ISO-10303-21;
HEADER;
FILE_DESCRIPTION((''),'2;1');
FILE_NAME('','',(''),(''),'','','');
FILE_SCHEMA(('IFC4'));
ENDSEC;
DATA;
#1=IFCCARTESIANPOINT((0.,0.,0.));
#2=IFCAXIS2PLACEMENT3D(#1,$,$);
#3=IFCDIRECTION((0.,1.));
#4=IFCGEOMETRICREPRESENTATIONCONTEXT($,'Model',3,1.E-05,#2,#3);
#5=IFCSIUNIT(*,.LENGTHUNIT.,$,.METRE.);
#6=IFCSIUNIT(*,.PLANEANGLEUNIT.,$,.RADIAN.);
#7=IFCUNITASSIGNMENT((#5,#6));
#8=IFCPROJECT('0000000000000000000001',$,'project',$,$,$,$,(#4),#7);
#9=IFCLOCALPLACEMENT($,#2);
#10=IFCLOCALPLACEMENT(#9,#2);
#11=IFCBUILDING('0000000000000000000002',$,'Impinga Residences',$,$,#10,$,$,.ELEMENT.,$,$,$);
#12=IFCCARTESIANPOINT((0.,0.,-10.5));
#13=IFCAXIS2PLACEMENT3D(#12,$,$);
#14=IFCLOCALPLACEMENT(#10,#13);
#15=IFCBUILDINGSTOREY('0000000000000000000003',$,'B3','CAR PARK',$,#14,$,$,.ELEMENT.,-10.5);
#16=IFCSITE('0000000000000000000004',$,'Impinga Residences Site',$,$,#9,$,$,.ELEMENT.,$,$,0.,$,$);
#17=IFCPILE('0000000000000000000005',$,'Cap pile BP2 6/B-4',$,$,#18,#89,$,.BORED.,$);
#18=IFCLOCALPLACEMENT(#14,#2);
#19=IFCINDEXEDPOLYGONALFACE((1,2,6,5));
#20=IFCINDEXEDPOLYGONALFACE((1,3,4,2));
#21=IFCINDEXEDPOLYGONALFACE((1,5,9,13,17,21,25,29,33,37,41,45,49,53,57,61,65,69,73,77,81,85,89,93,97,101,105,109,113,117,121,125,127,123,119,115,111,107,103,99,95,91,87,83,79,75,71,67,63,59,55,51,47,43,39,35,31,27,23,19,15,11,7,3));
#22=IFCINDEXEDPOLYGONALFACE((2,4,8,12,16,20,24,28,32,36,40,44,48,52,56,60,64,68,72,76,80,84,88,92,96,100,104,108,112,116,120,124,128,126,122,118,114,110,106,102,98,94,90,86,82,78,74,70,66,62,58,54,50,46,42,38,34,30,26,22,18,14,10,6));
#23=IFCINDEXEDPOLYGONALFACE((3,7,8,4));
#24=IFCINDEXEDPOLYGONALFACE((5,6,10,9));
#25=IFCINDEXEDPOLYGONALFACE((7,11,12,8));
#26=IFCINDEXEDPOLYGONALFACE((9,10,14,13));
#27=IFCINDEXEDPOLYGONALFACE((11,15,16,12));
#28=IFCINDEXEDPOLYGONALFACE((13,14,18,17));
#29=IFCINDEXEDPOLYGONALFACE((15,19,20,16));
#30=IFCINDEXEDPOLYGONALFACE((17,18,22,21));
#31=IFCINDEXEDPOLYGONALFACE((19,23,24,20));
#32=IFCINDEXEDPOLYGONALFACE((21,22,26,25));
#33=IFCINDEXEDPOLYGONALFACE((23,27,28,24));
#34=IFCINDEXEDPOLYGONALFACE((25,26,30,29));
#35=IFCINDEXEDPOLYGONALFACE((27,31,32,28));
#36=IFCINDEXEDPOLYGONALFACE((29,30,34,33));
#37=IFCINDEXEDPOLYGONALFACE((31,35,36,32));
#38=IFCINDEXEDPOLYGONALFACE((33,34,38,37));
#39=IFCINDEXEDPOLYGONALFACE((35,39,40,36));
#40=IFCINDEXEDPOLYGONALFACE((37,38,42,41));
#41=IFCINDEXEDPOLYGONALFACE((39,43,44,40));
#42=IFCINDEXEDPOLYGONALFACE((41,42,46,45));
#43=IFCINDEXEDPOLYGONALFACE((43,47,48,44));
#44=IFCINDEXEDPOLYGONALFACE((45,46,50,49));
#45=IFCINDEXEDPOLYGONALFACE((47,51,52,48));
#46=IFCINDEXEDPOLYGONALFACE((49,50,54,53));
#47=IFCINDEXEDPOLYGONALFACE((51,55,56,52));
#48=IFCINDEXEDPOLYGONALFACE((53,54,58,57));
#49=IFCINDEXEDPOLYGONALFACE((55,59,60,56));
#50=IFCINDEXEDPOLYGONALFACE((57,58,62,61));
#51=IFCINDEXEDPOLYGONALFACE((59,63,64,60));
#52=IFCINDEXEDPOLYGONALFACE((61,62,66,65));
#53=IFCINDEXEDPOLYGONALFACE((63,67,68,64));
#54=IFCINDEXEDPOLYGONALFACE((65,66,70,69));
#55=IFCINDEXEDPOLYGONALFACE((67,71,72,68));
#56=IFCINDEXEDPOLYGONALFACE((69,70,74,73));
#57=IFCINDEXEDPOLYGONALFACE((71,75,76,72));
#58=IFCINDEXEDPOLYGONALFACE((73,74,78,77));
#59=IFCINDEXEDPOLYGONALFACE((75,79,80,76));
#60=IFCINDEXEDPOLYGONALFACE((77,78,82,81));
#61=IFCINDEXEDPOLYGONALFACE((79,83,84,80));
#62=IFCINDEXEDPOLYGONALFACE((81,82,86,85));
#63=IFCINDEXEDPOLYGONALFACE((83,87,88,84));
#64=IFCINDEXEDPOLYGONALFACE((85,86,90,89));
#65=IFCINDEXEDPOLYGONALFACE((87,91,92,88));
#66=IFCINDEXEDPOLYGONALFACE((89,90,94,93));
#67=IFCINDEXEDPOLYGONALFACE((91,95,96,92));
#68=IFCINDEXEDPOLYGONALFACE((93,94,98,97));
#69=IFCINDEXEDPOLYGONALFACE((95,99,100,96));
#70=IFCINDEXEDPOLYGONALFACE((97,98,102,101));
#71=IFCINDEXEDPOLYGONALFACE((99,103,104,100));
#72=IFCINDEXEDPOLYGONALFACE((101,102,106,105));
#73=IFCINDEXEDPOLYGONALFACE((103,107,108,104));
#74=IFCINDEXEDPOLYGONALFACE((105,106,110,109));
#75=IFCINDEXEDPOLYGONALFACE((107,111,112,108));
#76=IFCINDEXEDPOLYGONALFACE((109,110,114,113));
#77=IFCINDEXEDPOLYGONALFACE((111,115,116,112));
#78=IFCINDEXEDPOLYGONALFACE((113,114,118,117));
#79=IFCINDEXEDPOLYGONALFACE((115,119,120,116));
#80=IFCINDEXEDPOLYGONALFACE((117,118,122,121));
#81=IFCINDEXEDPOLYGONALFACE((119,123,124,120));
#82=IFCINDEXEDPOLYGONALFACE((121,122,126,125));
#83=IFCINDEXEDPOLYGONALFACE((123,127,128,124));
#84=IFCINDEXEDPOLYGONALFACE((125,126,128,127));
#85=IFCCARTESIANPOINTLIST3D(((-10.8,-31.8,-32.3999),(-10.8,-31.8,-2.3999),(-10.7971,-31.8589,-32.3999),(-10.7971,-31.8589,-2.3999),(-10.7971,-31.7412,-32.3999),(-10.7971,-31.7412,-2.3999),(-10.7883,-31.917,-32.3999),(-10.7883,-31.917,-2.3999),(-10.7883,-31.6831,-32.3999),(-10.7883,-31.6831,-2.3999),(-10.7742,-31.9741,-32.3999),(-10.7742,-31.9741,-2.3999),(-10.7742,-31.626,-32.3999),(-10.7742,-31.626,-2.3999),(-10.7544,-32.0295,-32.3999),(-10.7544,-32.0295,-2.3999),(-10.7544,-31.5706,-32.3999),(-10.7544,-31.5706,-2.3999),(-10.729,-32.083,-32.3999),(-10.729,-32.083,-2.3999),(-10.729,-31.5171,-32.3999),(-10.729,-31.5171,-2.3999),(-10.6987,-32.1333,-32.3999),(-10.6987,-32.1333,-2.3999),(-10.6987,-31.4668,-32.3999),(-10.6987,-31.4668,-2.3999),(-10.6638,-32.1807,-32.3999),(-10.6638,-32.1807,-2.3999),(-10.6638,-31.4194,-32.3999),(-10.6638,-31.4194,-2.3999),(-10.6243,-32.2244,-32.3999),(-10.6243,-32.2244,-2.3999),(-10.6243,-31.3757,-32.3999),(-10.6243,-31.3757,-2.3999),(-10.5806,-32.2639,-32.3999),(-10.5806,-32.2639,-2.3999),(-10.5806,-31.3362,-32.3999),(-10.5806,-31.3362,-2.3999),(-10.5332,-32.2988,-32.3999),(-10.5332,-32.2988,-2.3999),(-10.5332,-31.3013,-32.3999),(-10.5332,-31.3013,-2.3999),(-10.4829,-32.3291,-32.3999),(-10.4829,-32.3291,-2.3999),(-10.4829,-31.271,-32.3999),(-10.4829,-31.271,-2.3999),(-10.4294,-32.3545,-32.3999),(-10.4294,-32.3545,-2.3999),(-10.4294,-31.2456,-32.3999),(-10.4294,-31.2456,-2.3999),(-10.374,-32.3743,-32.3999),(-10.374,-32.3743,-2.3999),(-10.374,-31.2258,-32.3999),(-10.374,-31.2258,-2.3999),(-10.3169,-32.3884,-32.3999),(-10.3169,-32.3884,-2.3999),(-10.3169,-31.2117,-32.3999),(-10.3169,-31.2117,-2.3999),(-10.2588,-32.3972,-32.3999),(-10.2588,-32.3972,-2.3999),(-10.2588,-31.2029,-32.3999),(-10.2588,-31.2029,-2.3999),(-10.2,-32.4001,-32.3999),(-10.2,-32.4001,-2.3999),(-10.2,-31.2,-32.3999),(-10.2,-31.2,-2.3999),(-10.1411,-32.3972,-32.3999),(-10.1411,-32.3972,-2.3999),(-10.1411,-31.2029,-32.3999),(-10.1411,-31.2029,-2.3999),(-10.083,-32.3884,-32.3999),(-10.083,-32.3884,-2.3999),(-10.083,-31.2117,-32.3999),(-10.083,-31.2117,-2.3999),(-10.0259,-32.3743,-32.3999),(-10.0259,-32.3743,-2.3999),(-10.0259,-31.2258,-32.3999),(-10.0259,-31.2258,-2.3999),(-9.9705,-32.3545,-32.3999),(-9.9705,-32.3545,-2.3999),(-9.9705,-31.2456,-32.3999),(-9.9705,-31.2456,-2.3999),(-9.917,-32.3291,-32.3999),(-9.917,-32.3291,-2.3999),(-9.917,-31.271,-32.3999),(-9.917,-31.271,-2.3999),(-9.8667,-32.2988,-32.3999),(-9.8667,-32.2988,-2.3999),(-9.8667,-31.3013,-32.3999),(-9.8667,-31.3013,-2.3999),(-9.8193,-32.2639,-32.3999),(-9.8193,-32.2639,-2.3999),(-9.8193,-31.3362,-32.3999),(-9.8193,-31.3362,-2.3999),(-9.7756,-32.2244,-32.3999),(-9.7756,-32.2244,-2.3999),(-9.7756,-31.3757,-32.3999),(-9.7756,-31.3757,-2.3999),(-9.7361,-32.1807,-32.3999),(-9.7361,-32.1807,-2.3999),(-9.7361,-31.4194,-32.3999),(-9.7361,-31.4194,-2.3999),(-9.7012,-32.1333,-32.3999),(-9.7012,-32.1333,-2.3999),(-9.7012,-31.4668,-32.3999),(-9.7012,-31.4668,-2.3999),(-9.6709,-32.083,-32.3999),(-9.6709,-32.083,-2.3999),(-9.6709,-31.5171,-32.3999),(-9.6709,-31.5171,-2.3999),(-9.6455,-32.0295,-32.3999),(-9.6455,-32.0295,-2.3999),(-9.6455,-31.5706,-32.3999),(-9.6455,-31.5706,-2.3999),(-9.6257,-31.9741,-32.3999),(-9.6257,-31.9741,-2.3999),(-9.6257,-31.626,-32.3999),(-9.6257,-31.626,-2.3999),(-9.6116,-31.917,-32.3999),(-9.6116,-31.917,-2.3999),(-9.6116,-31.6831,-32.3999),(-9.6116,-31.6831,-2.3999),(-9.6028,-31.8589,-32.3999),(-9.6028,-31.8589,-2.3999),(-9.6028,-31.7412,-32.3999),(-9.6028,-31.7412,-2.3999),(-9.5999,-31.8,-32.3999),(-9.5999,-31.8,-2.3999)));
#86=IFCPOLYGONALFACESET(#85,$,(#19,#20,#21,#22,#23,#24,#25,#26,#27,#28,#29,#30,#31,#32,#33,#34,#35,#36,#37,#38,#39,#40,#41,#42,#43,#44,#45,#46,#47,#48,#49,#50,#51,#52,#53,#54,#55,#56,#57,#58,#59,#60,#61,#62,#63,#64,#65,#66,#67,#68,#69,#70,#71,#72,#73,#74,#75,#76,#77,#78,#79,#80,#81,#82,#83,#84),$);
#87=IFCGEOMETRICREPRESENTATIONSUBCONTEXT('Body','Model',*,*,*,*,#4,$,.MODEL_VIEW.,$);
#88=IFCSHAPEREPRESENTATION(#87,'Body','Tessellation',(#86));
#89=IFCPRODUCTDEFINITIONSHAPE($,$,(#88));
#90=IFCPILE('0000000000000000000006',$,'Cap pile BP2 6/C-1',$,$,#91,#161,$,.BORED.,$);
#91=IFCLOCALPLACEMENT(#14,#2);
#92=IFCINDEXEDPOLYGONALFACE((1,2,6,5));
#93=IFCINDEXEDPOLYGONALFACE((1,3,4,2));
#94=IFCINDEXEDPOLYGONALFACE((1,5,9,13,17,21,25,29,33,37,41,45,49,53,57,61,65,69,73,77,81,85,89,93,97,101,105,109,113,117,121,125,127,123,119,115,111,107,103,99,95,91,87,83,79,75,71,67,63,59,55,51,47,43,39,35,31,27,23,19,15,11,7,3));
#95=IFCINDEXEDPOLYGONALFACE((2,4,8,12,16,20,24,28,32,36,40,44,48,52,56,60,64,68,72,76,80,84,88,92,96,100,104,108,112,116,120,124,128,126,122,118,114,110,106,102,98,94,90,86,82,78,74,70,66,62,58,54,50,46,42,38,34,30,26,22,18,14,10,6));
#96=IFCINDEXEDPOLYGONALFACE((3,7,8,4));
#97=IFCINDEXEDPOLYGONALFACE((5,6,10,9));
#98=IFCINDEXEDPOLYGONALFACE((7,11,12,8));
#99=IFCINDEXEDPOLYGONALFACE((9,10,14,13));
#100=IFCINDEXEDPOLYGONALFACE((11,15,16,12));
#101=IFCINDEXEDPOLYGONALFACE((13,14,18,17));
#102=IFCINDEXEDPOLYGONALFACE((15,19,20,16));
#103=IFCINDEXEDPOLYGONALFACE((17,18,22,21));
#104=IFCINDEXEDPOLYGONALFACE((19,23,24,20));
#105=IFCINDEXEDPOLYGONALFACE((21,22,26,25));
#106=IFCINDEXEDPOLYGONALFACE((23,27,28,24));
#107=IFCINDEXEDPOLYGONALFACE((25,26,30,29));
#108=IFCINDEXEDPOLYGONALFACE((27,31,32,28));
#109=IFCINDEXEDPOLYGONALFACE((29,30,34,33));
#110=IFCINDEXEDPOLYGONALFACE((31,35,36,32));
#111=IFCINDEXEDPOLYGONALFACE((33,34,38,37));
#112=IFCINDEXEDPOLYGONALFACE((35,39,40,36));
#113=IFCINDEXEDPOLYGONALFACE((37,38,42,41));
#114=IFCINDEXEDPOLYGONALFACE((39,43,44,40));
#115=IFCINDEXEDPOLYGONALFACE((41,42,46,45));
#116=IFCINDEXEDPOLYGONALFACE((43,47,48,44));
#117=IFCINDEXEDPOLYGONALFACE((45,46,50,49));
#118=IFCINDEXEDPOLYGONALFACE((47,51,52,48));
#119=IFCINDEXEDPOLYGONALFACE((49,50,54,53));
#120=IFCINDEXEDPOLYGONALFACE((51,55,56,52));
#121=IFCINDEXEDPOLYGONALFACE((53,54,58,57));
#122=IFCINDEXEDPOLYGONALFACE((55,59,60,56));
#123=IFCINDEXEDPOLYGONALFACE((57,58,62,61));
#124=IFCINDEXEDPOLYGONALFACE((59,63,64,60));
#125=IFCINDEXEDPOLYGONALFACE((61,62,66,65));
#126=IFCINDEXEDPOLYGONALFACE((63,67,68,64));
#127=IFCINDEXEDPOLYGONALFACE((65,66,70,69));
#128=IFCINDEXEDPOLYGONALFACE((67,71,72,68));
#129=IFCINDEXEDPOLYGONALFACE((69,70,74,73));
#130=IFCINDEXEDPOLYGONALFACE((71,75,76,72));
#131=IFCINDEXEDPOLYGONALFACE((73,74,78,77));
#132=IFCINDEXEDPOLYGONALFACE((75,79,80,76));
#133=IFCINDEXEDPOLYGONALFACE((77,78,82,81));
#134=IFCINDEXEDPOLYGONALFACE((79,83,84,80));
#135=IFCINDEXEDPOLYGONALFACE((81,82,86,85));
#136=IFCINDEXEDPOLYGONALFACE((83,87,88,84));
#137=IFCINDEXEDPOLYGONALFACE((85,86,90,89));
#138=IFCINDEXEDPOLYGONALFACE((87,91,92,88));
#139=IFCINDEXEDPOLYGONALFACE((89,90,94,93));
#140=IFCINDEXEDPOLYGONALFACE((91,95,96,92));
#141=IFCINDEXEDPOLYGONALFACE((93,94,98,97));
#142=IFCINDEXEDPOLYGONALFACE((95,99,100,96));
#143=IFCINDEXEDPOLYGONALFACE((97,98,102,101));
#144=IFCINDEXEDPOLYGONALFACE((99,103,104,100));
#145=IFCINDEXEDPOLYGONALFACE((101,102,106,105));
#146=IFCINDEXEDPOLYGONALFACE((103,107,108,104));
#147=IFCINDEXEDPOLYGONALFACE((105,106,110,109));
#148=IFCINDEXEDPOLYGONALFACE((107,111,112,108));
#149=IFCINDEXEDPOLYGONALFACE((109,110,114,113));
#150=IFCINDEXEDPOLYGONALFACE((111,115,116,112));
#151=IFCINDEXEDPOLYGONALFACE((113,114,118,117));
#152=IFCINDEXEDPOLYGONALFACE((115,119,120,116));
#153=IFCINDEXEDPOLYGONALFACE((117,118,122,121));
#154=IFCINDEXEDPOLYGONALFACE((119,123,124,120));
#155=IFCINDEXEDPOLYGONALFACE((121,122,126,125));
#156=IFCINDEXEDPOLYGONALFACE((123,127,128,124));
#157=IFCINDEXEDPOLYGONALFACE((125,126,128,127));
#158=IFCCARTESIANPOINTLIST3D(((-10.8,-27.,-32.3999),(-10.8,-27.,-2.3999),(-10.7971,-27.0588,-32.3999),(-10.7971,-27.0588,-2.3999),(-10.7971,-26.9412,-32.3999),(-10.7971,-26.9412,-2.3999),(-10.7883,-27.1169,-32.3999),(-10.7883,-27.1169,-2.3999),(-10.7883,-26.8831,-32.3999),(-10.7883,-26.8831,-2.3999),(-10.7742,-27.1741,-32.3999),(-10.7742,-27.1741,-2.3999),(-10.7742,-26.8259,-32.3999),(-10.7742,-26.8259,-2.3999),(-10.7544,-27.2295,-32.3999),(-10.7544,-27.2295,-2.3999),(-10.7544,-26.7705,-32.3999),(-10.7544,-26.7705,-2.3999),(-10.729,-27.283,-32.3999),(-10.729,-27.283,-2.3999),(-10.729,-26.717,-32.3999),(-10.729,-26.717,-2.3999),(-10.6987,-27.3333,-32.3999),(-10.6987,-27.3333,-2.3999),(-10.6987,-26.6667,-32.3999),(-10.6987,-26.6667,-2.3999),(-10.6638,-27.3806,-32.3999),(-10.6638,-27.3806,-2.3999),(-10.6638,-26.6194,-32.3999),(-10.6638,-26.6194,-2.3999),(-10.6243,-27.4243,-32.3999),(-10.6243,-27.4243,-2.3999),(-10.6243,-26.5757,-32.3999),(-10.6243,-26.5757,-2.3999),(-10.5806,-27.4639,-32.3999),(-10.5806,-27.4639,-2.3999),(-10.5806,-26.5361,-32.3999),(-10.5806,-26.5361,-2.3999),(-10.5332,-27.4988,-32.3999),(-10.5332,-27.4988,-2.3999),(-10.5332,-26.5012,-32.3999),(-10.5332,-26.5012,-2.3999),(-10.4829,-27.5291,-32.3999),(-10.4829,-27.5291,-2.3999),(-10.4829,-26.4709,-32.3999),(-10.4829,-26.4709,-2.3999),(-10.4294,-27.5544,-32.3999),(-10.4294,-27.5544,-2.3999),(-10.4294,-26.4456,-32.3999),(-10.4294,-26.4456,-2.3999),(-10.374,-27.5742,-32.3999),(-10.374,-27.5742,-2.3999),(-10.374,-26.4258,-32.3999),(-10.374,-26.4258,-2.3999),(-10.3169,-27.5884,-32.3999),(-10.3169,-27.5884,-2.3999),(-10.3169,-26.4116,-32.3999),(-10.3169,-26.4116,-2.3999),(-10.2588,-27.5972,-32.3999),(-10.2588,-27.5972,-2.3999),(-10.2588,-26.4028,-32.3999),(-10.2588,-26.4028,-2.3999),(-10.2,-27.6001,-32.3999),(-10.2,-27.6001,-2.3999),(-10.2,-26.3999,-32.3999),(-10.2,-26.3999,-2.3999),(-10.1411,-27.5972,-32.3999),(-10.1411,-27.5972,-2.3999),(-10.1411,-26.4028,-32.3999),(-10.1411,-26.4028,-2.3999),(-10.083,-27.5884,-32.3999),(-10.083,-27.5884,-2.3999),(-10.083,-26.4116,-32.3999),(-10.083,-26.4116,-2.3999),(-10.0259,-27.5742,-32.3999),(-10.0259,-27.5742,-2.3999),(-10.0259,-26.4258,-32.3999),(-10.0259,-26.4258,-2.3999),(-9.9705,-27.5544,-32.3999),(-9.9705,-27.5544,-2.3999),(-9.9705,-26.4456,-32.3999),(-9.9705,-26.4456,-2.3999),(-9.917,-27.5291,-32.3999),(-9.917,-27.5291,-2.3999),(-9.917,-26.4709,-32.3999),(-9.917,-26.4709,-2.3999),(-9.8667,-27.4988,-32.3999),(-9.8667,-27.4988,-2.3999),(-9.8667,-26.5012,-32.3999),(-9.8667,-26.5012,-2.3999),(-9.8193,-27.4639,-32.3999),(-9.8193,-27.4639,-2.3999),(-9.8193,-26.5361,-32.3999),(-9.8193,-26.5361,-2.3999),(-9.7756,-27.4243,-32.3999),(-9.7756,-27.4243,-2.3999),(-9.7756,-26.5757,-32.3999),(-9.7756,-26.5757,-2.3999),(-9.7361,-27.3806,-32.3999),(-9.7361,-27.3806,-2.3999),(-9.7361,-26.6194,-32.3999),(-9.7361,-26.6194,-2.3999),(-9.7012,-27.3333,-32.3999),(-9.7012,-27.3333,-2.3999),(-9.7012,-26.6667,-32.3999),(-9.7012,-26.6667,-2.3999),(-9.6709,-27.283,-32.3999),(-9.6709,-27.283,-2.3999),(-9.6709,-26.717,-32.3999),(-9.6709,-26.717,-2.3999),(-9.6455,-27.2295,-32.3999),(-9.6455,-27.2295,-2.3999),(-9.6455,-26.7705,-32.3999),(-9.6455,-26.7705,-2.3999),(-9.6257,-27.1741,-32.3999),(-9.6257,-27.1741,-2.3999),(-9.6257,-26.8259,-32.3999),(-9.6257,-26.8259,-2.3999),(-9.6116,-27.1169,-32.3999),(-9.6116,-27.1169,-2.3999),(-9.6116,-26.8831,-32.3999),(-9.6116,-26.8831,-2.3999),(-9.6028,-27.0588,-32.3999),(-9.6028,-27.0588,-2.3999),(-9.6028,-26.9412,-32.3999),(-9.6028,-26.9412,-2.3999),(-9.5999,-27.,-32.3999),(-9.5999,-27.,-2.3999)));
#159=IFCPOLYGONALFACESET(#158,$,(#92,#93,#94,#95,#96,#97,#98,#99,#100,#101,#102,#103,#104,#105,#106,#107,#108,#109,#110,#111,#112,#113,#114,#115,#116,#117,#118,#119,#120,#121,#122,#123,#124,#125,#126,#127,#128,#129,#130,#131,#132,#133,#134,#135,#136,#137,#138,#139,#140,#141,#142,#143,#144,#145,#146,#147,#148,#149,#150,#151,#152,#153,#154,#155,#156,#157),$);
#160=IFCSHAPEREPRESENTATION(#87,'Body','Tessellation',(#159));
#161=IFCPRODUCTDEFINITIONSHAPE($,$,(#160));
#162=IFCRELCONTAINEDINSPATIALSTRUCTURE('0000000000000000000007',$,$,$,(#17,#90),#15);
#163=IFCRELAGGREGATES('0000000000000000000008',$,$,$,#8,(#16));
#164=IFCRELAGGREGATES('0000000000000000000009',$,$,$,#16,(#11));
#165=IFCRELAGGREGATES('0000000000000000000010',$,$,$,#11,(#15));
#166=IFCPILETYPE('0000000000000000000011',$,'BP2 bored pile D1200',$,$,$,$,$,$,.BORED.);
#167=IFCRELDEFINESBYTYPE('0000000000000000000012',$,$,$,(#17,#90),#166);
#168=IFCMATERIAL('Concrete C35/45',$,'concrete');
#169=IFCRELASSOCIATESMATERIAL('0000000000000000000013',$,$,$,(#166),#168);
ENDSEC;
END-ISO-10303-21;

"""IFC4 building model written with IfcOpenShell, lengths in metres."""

from ifc_helpers import new_model, si_unit, direction, frame, origin, origin_2d, place, context, subcontext, project, spatial, polyline, circle, outline, extrude, material, material_profile, profile_set, type_object, element, save


model = new_model("IFC4")

# Units and contexts
model_context = context("Model", 3, precision=1e-05, world=origin(), true_north=direction((0.0, 1.0)))
body_context = subcontext(model_context, "Body", "Model", "MODEL_VIEW")
ifc_project = project(units=[si_unit("LENGTHUNIT", "METRE"), si_unit("PLANEANGLEUNIT", "RADIAN")], contexts=[model_context])

# Site, building, storey
site_placement = place(None, origin())
site = spatial("IfcSite", under=ifc_project, at=site_placement, Name="Impinga Residences Site", CompositionType="ELEMENT", RefElevation=0.0)
building_placement = place(site_placement, origin())
building = spatial("IfcBuilding", under=site, at=building_placement, Name="Impinga Residences", CompositionType="ELEMENT")
storey_placement = place(building_placement, frame((0.0, 0.0, -10.5)))
storey = spatial("IfcBuildingStorey", under=building, at=storey_placement, Name="B3", Description="CAR PARK", CompositionType="ELEMENT", Elevation=-10.5)

# Piles
ifc_material_1 = material(Name="Concrete C35/45", Category="concrete")
ifc_material_profile_1 = material_profile(ifc_material_1, circle(Radius=0.6001, at=origin_2d()), Name="D1200")
ifc_profile_set_1 = profile_set([ifc_material_profile_1], Name="Concrete C35/45")
pile_type_1 = type_object("IfcPileType", Name="BP2 bored pile D1200", PredefinedType="BORED", material=ifc_profile_set_1)
pile_1_placement = place(storey_placement, frame((-10.2, -31.8, -2.3999), z_axis=(0.0, 0.0, -1.0), x_axis=(1.0, 0.0, 0.0)))
element("IfcPile", 1, at=pile_1_placement, inside=storey, type_object=pile_type_1, Name="Cap pile BP2 6/B-4", PredefinedType="BORED", context=body_context, shape_type="SweptSolid", body=[
    extrude(outline(polyline([(0.6001, 0.0), (0.5972, 0.0588), (0.5884, 0.1169), (0.5742, 0.1741), (0.5544, 0.2295), (0.5291, 0.283), (0.4988, 0.3333), (0.4639, 0.3806), (0.4243, 0.4243), (0.3806, 0.4639), (0.3333, 0.4988), (0.283, 0.5291), (0.2295, 0.5544), (0.1741, 0.5742), (0.1169, 0.5884), (0.0588, 0.5972), (0.0, 0.6001), (-0.0588, 0.5972), (-0.1169, 0.5884), (-0.1741, 0.5742), (-0.2295, 0.5544), (-0.283, 0.5291), (-0.3333, 0.4988), (-0.3806, 0.4639), (-0.4243, 0.4243), (-0.4639, 0.3806), (-0.4988, 0.3333), (-0.5291, 0.283), (-0.5544, 0.2295), (-0.5742, 0.1741), (-0.5884, 0.1169), (-0.5972, 0.0588), (-0.6001, 0.0), (-0.5972, -0.0588), (-0.5884, -0.1169), (-0.5742, -0.1741), (-0.5544, -0.2295), (-0.5291, -0.283), (-0.4988, -0.3333), (-0.4639, -0.3806), (-0.4243, -0.4243), (-0.3806, -0.4639), (-0.3333, -0.4988), (-0.283, -0.5291), (-0.2295, -0.5544), (-0.1741, -0.5742), (-0.1169, -0.5884), (-0.0588, -0.5972), (0.0, -0.6001), (0.0588, -0.5972), (0.1169, -0.5884), (0.1741, -0.5742), (0.2295, -0.5544), (0.283, -0.5291), (0.3333, -0.4988), (0.3806, -0.4639), (0.4243, -0.4243), (0.4639, -0.3806), (0.4988, -0.3333), (0.5291, -0.283), (0.5544, -0.2295), (0.5742, -0.1741), (0.5884, -0.1169), (0.5972, -0.0588), (0.6001, 0.0)])), origin(), (0.0, 0.0, 1.0), 30.0),
])
pile_2_placement = place(storey_placement, frame((-10.2, -27.0, -2.3999), z_axis=(0.0, 0.0, -1.0), x_axis=(1.0, 0.0, 0.0)))
element("IfcPile", 2, at=pile_2_placement, inside=storey, type_object=pile_type_1, Name="Cap pile BP2 6/C-1", PredefinedType="BORED", context=body_context, shape_type="SweptSolid", body=[
    extrude(outline(polyline([(0.6001, 0.0), (0.5972, 0.0588), (0.5884, 0.1169), (0.5742, 0.1741), (0.5544, 0.2295), (0.5291, 0.283), (0.4988, 0.3333), (0.4639, 0.3806), (0.4243, 0.4243), (0.3806, 0.4639), (0.3333, 0.4988), (0.283, 0.5291), (0.2295, 0.5544), (0.1741, 0.5742), (0.1169, 0.5884), (0.0588, 0.5972), (0.0, 0.6001), (-0.0588, 0.5972), (-0.1169, 0.5884), (-0.1741, 0.5742), (-0.2295, 0.5544), (-0.283, 0.5291), (-0.3333, 0.4988), (-0.3806, 0.4639), (-0.4243, 0.4243), (-0.4639, 0.3806), (-0.4988, 0.3333), (-0.5291, 0.283), (-0.5544, 0.2295), (-0.5742, 0.1741), (-0.5884, 0.1169), (-0.5972, 0.0588), (-0.6001, 0.0), (-0.5972, -0.0588), (-0.5884, -0.1169), (-0.5742, -0.1741), (-0.5544, -0.2295), (-0.5291, -0.283), (-0.4988, -0.3333), (-0.4639, -0.3806), (-0.4243, -0.4243), (-0.3806, -0.4639), (-0.3333, -0.4988), (-0.283, -0.5291), (-0.2295, -0.5544), (-0.1741, -0.5742), (-0.1169, -0.5884), (-0.0588, -0.5972), (0.0, -0.6001), (0.0588, -0.5972), (0.1169, -0.5884), (0.1741, -0.5742), (0.2295, -0.5544), (0.283, -0.5291), (0.3333, -0.4988), (0.3806, -0.4639), (0.4243, -0.4243), (0.4639, -0.3806), (0.4988, -0.3333), (0.5291, -0.283), (0.5544, -0.2295), (0.5742, -0.1741), (0.5884, -0.1169), (0.5972, -0.0588), (0.6001, 0.0)])), origin(), (0.0, 0.0, 1.0), 30.0),
])

save(model, "model.ifc")
